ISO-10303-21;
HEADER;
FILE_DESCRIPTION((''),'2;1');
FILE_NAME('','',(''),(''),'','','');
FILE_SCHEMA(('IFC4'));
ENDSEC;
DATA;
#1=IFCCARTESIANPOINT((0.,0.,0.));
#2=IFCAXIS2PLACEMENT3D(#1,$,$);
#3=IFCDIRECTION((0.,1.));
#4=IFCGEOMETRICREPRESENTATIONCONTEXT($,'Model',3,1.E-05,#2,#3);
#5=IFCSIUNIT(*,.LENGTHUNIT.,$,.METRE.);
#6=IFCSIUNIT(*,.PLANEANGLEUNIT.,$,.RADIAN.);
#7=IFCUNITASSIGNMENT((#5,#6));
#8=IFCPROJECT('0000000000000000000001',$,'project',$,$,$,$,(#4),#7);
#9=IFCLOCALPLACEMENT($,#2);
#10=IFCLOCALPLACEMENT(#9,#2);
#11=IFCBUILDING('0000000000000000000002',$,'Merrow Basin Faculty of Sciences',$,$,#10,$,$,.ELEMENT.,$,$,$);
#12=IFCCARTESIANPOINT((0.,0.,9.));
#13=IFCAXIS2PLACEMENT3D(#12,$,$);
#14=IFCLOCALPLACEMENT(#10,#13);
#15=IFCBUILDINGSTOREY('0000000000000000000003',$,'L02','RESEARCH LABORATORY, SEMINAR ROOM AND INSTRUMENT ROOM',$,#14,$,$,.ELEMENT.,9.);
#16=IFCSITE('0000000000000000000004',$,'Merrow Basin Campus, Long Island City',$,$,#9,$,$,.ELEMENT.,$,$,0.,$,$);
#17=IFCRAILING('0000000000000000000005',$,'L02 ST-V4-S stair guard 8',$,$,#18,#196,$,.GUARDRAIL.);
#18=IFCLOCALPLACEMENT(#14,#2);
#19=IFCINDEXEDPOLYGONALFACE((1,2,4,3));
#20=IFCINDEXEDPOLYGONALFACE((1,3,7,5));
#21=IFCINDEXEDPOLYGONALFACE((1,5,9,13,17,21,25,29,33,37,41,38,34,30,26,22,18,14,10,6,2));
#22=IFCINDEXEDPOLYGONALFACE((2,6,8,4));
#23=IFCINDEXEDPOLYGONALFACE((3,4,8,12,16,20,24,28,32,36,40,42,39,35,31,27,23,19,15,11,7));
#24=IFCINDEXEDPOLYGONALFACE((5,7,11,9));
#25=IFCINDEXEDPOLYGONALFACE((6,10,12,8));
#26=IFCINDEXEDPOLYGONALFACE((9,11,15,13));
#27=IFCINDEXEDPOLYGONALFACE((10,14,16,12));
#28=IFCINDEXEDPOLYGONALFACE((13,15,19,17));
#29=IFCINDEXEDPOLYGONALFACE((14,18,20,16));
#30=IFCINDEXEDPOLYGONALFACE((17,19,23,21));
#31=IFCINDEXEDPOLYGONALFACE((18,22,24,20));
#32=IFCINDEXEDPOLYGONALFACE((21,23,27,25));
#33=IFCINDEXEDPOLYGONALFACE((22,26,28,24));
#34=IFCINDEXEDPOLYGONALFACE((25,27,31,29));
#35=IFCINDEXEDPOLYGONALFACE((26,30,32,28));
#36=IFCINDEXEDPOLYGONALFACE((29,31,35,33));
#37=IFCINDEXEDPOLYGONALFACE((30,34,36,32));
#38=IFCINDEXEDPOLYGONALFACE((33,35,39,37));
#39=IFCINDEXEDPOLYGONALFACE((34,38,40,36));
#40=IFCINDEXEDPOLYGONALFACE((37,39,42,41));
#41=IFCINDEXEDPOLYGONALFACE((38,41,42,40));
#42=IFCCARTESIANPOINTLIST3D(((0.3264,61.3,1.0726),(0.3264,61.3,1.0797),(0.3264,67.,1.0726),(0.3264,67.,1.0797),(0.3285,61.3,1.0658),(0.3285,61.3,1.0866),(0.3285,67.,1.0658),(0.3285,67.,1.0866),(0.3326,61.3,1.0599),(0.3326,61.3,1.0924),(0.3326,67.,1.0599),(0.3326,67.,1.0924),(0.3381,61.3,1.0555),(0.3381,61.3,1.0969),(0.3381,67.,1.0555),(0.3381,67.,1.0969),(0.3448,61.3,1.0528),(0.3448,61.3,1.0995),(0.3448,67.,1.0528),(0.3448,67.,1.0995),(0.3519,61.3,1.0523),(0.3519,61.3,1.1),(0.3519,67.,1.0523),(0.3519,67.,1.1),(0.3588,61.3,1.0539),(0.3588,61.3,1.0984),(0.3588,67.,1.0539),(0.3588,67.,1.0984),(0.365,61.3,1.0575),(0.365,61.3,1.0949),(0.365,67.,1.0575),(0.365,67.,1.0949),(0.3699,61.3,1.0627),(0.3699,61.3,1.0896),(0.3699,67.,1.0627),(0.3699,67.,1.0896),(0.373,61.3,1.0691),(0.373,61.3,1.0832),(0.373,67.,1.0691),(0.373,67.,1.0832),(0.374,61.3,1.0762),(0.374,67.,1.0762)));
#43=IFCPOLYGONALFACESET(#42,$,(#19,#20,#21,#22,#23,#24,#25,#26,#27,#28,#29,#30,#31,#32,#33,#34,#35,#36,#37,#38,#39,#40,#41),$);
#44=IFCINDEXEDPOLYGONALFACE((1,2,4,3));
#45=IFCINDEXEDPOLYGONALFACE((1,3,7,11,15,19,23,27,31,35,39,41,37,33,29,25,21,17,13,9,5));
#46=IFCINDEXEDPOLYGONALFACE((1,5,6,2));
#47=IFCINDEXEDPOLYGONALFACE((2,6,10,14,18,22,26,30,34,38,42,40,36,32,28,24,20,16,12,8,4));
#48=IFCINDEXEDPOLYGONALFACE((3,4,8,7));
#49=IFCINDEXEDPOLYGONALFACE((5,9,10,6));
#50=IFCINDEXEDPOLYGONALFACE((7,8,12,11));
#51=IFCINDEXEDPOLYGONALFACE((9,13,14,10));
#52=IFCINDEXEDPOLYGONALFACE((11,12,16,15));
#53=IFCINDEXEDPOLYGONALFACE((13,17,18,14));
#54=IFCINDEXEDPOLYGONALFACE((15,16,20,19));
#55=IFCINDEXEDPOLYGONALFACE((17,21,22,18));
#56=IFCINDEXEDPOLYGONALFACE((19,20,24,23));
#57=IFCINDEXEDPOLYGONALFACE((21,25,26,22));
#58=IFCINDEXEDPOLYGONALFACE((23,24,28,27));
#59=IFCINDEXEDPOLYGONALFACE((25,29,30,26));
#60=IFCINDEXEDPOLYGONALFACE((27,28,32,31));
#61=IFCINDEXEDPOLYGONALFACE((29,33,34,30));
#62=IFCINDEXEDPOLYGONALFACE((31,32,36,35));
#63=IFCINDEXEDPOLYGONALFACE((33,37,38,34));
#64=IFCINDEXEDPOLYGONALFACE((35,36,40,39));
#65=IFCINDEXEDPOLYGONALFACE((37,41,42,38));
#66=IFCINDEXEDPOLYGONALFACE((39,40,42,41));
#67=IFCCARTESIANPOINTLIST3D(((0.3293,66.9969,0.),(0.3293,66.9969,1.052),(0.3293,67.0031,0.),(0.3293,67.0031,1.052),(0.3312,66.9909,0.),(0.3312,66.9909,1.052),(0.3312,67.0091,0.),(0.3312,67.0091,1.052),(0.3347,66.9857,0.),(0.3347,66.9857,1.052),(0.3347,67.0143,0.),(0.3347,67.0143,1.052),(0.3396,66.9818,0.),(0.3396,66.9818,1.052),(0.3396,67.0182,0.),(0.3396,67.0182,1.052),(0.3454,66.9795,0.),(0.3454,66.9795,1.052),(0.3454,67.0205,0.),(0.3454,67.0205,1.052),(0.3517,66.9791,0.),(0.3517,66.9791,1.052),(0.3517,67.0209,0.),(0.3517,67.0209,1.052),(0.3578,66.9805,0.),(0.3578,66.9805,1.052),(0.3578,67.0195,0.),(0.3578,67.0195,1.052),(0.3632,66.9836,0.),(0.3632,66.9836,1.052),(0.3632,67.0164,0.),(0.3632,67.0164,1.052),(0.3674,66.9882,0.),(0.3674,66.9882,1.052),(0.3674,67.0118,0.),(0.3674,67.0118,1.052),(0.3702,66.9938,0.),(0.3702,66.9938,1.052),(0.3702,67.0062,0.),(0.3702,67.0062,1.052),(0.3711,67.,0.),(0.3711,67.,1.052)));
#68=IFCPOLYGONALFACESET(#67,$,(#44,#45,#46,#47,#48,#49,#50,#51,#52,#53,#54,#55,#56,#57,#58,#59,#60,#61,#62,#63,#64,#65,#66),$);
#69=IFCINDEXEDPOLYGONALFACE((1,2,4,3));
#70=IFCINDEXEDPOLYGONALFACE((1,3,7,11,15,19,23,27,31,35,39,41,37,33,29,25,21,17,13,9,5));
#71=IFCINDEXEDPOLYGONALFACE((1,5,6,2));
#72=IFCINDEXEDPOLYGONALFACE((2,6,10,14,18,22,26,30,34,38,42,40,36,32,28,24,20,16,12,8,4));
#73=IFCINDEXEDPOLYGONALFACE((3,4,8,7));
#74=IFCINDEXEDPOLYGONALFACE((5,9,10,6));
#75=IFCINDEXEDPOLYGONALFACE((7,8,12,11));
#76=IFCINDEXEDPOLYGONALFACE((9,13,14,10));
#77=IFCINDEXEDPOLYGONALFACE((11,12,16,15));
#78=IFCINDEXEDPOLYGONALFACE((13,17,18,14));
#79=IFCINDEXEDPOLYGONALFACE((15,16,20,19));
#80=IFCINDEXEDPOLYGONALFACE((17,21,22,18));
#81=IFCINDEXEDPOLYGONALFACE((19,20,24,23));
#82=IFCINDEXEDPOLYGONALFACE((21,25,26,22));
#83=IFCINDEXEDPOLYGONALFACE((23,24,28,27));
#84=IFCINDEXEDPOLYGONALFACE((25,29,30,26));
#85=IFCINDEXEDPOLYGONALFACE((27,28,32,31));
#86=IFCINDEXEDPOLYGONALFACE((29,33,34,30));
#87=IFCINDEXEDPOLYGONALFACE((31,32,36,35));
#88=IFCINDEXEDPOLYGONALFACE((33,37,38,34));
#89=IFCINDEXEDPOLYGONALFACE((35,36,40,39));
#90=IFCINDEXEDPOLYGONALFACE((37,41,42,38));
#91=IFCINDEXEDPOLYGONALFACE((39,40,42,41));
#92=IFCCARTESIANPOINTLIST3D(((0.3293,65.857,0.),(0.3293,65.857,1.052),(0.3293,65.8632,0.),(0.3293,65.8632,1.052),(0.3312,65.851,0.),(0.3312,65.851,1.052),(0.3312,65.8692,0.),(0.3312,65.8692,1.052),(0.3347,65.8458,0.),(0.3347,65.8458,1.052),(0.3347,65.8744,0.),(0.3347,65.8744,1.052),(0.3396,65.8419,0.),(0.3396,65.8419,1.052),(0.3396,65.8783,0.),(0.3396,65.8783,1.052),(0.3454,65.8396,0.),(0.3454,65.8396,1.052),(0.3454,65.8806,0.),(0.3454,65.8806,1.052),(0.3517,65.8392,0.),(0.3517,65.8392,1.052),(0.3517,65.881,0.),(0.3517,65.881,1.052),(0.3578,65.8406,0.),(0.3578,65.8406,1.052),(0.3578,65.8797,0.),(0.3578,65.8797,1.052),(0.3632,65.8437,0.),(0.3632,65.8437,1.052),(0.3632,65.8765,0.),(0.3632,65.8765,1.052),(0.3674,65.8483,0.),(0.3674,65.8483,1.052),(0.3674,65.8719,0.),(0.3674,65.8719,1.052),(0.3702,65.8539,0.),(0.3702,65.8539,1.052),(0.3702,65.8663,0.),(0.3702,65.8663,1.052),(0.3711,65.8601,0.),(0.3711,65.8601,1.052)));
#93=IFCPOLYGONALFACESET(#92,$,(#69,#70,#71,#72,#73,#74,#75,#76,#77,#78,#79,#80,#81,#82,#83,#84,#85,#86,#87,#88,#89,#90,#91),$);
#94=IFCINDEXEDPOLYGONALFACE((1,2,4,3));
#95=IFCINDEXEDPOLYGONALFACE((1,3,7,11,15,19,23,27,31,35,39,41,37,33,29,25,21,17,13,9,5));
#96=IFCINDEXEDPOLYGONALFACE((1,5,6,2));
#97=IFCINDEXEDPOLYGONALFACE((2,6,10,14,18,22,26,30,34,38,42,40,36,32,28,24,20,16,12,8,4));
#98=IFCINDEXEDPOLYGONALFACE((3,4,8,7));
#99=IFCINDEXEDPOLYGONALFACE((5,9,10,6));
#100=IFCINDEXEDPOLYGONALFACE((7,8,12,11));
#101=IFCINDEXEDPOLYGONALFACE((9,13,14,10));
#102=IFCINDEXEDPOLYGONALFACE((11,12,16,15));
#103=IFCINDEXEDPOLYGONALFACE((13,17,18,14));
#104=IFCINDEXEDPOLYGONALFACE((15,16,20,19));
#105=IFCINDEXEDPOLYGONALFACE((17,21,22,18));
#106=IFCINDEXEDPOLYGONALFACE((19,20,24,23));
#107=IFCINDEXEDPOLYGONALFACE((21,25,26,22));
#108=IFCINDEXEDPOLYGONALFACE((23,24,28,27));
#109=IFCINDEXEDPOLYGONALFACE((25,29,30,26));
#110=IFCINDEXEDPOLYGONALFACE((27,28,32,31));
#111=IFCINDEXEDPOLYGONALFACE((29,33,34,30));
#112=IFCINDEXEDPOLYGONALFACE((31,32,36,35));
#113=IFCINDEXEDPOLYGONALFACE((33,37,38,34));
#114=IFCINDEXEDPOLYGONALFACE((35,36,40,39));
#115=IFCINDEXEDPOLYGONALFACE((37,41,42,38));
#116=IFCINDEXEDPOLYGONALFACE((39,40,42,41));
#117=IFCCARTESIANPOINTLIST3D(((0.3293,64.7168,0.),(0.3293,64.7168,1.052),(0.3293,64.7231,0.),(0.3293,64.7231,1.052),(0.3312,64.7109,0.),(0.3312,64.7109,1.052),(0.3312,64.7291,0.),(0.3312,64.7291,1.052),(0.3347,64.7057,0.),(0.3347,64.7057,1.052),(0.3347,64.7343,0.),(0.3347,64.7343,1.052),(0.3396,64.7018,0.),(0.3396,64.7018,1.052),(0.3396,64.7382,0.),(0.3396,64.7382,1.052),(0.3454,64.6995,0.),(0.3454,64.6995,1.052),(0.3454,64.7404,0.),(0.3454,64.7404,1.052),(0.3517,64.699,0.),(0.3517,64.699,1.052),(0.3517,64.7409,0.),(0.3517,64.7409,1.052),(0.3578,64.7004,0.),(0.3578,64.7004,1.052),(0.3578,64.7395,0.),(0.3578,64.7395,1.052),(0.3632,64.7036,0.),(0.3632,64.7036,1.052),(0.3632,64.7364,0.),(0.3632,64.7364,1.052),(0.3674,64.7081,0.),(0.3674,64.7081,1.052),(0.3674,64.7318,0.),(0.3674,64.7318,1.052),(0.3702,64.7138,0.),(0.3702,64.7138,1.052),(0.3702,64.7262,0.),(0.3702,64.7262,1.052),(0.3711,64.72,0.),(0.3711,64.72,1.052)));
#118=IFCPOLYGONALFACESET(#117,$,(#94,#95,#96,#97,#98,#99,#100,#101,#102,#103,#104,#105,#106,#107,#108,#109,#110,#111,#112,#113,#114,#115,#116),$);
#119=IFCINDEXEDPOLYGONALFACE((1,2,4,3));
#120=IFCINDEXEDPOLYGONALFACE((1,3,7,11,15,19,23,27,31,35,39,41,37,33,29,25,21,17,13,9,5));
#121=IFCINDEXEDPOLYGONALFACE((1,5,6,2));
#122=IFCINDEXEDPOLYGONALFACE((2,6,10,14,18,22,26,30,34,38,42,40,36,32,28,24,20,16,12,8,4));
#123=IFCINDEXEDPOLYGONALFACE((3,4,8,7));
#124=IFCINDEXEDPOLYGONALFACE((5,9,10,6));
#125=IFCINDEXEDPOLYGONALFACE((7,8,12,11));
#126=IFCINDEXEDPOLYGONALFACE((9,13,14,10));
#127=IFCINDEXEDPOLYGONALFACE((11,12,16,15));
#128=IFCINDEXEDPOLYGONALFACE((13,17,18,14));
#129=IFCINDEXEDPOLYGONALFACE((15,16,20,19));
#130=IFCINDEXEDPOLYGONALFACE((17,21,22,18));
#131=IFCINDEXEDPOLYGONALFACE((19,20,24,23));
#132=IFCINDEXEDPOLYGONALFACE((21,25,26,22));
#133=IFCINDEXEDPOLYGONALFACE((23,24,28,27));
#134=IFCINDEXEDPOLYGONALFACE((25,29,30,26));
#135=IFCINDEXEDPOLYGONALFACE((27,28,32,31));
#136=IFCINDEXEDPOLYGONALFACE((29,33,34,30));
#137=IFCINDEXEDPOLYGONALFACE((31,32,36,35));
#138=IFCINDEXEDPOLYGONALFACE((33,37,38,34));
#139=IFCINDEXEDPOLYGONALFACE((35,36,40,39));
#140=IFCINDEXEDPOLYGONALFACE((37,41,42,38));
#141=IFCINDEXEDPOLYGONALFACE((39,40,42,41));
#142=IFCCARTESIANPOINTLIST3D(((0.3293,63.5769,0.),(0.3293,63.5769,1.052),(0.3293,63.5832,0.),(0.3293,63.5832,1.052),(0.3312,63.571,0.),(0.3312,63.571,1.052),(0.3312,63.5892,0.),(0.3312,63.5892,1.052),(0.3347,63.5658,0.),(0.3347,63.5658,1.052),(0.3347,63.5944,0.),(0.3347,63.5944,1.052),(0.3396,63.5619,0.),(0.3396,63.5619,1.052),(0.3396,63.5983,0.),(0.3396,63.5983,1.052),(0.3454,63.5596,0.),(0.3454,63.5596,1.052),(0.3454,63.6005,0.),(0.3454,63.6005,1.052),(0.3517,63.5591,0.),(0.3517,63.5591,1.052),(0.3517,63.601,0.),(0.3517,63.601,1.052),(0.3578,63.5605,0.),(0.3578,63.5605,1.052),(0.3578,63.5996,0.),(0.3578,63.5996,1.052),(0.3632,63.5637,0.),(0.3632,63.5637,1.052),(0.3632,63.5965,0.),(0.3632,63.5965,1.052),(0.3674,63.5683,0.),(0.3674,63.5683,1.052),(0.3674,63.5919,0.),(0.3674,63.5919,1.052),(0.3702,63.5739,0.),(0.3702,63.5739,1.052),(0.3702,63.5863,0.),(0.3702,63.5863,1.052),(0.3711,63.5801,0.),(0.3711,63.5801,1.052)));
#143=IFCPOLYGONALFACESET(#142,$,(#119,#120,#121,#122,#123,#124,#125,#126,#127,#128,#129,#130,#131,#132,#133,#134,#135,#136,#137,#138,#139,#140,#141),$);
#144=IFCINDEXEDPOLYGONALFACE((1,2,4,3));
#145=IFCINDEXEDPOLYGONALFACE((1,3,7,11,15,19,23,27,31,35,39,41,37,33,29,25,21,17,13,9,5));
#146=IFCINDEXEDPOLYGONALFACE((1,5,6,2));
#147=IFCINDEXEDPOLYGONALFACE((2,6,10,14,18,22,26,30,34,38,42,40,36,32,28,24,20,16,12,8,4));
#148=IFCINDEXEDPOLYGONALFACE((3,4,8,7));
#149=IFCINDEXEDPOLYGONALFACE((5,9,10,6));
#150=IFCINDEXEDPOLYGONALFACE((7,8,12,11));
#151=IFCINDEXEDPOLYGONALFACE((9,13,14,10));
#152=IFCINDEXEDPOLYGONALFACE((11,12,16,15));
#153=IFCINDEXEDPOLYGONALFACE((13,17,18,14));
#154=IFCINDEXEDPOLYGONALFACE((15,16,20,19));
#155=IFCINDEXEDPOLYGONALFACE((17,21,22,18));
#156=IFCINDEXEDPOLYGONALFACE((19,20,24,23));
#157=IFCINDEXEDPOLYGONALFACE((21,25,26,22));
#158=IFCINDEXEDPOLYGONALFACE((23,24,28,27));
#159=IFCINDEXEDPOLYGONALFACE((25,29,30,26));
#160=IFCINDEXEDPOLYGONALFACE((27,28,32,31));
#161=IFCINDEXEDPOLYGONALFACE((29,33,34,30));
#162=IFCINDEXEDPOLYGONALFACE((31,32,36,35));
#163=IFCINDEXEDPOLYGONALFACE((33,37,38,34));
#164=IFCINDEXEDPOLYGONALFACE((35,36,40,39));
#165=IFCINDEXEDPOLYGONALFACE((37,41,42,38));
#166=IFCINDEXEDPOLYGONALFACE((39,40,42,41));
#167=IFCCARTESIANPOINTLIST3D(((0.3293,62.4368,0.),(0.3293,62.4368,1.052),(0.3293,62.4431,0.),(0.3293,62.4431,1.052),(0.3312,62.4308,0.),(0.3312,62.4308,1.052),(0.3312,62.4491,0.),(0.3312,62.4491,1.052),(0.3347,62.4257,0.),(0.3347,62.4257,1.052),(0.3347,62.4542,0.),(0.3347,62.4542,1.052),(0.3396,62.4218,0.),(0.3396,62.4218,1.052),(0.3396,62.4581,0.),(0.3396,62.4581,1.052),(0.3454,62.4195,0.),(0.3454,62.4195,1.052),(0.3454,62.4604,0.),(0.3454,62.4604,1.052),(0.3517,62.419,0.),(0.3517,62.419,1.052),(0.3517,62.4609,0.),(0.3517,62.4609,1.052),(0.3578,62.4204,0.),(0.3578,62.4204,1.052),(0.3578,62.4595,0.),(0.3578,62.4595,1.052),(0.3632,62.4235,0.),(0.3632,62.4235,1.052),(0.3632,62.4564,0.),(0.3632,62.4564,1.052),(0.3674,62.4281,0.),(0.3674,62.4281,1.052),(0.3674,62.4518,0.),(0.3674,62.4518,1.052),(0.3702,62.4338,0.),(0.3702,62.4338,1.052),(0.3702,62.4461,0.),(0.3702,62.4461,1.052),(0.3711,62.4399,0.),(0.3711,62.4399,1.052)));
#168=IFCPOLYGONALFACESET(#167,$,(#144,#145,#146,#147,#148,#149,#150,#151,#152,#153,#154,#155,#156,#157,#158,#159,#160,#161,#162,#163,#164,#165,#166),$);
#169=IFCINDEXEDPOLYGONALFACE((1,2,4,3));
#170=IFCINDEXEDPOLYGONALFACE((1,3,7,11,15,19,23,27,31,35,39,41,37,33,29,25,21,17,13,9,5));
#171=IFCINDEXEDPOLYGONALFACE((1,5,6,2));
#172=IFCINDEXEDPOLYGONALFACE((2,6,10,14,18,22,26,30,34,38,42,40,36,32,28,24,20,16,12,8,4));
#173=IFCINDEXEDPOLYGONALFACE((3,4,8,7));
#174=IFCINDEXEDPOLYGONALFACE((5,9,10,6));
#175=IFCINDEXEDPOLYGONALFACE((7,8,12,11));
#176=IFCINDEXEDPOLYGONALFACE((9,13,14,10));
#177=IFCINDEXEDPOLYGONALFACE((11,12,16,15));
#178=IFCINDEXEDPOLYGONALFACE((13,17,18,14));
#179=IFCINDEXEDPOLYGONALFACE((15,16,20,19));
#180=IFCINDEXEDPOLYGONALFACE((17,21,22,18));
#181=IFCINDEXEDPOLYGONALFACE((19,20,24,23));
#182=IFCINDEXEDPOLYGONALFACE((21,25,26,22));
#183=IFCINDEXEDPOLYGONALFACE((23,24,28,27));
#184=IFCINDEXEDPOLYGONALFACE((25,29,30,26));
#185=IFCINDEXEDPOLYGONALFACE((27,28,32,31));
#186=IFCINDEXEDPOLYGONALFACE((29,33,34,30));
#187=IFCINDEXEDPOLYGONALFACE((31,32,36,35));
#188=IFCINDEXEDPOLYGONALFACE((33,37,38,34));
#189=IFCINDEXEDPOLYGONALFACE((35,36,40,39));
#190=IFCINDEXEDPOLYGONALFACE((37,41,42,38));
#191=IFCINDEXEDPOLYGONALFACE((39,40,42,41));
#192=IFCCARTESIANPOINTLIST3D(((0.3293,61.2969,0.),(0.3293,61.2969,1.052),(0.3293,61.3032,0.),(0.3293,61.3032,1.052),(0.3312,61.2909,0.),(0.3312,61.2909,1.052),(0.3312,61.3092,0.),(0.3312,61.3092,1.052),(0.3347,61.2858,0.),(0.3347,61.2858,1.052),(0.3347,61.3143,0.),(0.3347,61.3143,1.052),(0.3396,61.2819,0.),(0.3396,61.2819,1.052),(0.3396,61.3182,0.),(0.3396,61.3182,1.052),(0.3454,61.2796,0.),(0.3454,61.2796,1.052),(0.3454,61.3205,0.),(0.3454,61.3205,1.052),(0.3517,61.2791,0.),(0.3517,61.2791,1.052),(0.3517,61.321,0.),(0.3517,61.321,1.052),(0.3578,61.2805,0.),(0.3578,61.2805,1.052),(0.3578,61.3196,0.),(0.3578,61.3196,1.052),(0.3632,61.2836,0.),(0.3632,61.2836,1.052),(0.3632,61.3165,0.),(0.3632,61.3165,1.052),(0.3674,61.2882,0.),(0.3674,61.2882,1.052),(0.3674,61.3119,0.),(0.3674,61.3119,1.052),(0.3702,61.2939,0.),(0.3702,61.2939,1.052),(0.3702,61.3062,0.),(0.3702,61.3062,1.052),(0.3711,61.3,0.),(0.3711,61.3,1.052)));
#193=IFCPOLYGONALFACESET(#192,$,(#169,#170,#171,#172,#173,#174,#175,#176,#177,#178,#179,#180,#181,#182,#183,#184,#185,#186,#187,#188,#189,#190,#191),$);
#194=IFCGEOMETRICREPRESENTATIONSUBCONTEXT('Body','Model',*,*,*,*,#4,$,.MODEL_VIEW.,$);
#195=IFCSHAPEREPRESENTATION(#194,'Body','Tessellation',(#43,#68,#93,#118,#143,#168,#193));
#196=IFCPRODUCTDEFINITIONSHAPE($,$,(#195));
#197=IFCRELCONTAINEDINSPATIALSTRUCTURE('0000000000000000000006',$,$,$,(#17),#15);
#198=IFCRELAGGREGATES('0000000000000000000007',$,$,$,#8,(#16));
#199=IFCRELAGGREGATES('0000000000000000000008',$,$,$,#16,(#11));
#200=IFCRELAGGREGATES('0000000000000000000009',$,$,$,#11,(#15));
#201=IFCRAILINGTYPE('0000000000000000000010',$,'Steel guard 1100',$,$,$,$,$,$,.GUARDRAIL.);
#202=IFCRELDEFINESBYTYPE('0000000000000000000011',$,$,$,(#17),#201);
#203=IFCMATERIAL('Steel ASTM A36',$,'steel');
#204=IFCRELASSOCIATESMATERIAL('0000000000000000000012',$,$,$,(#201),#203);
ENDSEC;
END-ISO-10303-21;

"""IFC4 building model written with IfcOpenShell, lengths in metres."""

from ifc_helpers import new_model, si_unit, direction, frame, origin, origin_2d, place, context, subcontext, project, spatial, circle, extrude, material, type_object, element, save


model = new_model("IFC4")

# Units and contexts
model_context = context("Model", 3, precision=1e-05, world=origin(), true_north=direction((0.0, 1.0)))
body_context = subcontext(model_context, "Body", "Model", "MODEL_VIEW")
ifc_project = project(units=[si_unit("LENGTHUNIT", "METRE"), si_unit("PLANEANGLEUNIT", "RADIAN")], contexts=[model_context])

# Site, building, storey
site_placement = place(None, origin())
site = spatial("IfcSite", under=ifc_project, at=site_placement, Name="Merrow Basin Campus, Long Island City", CompositionType="ELEMENT", RefElevation=0.0)
building_placement = place(site_placement, origin())
building = spatial("IfcBuilding", under=site, at=building_placement, Name="Merrow Basin Faculty of Sciences", CompositionType="ELEMENT")
storey_placement = place(building_placement, frame((0.0, 0.0, 9.0)))
storey = spatial("IfcBuildingStorey", under=building, at=storey_placement, Name="L02", Description="RESEARCH LABORATORY, SEMINAR ROOM AND INSTRUMENT ROOM", CompositionType="ELEMENT", Elevation=9.0)

# Railing
ifc_material_1 = material(Name="Steel ASTM A36", Category="steel")
railing_type_1 = type_object("IfcRailingType", Name="Steel guard 1100", PredefinedType="GUARDRAIL", material=ifc_material_1)
railing_1_placement = place(storey_placement, frame((0.3501, 67.0, 0.0)))
element("IfcRailing", 1, at=railing_1_placement, inside=storey, type_object=railing_type_1, Name="L02 ST-V4-S stair guard 8", PredefinedType="GUARDRAIL", context=body_context, shape_type="SweptSolid", body=[
    extrude(circle(Radius=0.0239, at=origin_2d()), frame((0.0, 0.0, 1.0762), z_axis=(0.0, -1.0, 0.0), x_axis=(1.0, 0.0, 0.0)), (0.0, 0.0, 1.0), 5.7),
    extrude(circle(Radius=0.021, at=origin_2d()), origin(), (0.0, 0.0, 1.0), 1.052),
    extrude(circle(Radius=0.021, at=origin_2d()), frame((0.0, -1.1399, 0.0)), (0.0, 0.0, 1.0), 1.052),
    extrude(circle(Radius=0.021, at=origin_2d()), frame((0.0, -2.28, 0.0)), (0.0, 0.0, 1.0), 1.052),
    extrude(circle(Radius=0.021, at=origin_2d()), frame((0.0, -3.4199, 0.0)), (0.0, 0.0, 1.0), 1.052),
    extrude(circle(Radius=0.021, at=origin_2d()), frame((0.0, -4.5601, 0.0)), (0.0, 0.0, 1.0), 1.052),
    extrude(circle(Radius=0.021, at=origin_2d()), frame((0.0, -5.7, 0.0)), (0.0, 0.0, 1.0), 1.052),
])

save(model, "model.ifc")
